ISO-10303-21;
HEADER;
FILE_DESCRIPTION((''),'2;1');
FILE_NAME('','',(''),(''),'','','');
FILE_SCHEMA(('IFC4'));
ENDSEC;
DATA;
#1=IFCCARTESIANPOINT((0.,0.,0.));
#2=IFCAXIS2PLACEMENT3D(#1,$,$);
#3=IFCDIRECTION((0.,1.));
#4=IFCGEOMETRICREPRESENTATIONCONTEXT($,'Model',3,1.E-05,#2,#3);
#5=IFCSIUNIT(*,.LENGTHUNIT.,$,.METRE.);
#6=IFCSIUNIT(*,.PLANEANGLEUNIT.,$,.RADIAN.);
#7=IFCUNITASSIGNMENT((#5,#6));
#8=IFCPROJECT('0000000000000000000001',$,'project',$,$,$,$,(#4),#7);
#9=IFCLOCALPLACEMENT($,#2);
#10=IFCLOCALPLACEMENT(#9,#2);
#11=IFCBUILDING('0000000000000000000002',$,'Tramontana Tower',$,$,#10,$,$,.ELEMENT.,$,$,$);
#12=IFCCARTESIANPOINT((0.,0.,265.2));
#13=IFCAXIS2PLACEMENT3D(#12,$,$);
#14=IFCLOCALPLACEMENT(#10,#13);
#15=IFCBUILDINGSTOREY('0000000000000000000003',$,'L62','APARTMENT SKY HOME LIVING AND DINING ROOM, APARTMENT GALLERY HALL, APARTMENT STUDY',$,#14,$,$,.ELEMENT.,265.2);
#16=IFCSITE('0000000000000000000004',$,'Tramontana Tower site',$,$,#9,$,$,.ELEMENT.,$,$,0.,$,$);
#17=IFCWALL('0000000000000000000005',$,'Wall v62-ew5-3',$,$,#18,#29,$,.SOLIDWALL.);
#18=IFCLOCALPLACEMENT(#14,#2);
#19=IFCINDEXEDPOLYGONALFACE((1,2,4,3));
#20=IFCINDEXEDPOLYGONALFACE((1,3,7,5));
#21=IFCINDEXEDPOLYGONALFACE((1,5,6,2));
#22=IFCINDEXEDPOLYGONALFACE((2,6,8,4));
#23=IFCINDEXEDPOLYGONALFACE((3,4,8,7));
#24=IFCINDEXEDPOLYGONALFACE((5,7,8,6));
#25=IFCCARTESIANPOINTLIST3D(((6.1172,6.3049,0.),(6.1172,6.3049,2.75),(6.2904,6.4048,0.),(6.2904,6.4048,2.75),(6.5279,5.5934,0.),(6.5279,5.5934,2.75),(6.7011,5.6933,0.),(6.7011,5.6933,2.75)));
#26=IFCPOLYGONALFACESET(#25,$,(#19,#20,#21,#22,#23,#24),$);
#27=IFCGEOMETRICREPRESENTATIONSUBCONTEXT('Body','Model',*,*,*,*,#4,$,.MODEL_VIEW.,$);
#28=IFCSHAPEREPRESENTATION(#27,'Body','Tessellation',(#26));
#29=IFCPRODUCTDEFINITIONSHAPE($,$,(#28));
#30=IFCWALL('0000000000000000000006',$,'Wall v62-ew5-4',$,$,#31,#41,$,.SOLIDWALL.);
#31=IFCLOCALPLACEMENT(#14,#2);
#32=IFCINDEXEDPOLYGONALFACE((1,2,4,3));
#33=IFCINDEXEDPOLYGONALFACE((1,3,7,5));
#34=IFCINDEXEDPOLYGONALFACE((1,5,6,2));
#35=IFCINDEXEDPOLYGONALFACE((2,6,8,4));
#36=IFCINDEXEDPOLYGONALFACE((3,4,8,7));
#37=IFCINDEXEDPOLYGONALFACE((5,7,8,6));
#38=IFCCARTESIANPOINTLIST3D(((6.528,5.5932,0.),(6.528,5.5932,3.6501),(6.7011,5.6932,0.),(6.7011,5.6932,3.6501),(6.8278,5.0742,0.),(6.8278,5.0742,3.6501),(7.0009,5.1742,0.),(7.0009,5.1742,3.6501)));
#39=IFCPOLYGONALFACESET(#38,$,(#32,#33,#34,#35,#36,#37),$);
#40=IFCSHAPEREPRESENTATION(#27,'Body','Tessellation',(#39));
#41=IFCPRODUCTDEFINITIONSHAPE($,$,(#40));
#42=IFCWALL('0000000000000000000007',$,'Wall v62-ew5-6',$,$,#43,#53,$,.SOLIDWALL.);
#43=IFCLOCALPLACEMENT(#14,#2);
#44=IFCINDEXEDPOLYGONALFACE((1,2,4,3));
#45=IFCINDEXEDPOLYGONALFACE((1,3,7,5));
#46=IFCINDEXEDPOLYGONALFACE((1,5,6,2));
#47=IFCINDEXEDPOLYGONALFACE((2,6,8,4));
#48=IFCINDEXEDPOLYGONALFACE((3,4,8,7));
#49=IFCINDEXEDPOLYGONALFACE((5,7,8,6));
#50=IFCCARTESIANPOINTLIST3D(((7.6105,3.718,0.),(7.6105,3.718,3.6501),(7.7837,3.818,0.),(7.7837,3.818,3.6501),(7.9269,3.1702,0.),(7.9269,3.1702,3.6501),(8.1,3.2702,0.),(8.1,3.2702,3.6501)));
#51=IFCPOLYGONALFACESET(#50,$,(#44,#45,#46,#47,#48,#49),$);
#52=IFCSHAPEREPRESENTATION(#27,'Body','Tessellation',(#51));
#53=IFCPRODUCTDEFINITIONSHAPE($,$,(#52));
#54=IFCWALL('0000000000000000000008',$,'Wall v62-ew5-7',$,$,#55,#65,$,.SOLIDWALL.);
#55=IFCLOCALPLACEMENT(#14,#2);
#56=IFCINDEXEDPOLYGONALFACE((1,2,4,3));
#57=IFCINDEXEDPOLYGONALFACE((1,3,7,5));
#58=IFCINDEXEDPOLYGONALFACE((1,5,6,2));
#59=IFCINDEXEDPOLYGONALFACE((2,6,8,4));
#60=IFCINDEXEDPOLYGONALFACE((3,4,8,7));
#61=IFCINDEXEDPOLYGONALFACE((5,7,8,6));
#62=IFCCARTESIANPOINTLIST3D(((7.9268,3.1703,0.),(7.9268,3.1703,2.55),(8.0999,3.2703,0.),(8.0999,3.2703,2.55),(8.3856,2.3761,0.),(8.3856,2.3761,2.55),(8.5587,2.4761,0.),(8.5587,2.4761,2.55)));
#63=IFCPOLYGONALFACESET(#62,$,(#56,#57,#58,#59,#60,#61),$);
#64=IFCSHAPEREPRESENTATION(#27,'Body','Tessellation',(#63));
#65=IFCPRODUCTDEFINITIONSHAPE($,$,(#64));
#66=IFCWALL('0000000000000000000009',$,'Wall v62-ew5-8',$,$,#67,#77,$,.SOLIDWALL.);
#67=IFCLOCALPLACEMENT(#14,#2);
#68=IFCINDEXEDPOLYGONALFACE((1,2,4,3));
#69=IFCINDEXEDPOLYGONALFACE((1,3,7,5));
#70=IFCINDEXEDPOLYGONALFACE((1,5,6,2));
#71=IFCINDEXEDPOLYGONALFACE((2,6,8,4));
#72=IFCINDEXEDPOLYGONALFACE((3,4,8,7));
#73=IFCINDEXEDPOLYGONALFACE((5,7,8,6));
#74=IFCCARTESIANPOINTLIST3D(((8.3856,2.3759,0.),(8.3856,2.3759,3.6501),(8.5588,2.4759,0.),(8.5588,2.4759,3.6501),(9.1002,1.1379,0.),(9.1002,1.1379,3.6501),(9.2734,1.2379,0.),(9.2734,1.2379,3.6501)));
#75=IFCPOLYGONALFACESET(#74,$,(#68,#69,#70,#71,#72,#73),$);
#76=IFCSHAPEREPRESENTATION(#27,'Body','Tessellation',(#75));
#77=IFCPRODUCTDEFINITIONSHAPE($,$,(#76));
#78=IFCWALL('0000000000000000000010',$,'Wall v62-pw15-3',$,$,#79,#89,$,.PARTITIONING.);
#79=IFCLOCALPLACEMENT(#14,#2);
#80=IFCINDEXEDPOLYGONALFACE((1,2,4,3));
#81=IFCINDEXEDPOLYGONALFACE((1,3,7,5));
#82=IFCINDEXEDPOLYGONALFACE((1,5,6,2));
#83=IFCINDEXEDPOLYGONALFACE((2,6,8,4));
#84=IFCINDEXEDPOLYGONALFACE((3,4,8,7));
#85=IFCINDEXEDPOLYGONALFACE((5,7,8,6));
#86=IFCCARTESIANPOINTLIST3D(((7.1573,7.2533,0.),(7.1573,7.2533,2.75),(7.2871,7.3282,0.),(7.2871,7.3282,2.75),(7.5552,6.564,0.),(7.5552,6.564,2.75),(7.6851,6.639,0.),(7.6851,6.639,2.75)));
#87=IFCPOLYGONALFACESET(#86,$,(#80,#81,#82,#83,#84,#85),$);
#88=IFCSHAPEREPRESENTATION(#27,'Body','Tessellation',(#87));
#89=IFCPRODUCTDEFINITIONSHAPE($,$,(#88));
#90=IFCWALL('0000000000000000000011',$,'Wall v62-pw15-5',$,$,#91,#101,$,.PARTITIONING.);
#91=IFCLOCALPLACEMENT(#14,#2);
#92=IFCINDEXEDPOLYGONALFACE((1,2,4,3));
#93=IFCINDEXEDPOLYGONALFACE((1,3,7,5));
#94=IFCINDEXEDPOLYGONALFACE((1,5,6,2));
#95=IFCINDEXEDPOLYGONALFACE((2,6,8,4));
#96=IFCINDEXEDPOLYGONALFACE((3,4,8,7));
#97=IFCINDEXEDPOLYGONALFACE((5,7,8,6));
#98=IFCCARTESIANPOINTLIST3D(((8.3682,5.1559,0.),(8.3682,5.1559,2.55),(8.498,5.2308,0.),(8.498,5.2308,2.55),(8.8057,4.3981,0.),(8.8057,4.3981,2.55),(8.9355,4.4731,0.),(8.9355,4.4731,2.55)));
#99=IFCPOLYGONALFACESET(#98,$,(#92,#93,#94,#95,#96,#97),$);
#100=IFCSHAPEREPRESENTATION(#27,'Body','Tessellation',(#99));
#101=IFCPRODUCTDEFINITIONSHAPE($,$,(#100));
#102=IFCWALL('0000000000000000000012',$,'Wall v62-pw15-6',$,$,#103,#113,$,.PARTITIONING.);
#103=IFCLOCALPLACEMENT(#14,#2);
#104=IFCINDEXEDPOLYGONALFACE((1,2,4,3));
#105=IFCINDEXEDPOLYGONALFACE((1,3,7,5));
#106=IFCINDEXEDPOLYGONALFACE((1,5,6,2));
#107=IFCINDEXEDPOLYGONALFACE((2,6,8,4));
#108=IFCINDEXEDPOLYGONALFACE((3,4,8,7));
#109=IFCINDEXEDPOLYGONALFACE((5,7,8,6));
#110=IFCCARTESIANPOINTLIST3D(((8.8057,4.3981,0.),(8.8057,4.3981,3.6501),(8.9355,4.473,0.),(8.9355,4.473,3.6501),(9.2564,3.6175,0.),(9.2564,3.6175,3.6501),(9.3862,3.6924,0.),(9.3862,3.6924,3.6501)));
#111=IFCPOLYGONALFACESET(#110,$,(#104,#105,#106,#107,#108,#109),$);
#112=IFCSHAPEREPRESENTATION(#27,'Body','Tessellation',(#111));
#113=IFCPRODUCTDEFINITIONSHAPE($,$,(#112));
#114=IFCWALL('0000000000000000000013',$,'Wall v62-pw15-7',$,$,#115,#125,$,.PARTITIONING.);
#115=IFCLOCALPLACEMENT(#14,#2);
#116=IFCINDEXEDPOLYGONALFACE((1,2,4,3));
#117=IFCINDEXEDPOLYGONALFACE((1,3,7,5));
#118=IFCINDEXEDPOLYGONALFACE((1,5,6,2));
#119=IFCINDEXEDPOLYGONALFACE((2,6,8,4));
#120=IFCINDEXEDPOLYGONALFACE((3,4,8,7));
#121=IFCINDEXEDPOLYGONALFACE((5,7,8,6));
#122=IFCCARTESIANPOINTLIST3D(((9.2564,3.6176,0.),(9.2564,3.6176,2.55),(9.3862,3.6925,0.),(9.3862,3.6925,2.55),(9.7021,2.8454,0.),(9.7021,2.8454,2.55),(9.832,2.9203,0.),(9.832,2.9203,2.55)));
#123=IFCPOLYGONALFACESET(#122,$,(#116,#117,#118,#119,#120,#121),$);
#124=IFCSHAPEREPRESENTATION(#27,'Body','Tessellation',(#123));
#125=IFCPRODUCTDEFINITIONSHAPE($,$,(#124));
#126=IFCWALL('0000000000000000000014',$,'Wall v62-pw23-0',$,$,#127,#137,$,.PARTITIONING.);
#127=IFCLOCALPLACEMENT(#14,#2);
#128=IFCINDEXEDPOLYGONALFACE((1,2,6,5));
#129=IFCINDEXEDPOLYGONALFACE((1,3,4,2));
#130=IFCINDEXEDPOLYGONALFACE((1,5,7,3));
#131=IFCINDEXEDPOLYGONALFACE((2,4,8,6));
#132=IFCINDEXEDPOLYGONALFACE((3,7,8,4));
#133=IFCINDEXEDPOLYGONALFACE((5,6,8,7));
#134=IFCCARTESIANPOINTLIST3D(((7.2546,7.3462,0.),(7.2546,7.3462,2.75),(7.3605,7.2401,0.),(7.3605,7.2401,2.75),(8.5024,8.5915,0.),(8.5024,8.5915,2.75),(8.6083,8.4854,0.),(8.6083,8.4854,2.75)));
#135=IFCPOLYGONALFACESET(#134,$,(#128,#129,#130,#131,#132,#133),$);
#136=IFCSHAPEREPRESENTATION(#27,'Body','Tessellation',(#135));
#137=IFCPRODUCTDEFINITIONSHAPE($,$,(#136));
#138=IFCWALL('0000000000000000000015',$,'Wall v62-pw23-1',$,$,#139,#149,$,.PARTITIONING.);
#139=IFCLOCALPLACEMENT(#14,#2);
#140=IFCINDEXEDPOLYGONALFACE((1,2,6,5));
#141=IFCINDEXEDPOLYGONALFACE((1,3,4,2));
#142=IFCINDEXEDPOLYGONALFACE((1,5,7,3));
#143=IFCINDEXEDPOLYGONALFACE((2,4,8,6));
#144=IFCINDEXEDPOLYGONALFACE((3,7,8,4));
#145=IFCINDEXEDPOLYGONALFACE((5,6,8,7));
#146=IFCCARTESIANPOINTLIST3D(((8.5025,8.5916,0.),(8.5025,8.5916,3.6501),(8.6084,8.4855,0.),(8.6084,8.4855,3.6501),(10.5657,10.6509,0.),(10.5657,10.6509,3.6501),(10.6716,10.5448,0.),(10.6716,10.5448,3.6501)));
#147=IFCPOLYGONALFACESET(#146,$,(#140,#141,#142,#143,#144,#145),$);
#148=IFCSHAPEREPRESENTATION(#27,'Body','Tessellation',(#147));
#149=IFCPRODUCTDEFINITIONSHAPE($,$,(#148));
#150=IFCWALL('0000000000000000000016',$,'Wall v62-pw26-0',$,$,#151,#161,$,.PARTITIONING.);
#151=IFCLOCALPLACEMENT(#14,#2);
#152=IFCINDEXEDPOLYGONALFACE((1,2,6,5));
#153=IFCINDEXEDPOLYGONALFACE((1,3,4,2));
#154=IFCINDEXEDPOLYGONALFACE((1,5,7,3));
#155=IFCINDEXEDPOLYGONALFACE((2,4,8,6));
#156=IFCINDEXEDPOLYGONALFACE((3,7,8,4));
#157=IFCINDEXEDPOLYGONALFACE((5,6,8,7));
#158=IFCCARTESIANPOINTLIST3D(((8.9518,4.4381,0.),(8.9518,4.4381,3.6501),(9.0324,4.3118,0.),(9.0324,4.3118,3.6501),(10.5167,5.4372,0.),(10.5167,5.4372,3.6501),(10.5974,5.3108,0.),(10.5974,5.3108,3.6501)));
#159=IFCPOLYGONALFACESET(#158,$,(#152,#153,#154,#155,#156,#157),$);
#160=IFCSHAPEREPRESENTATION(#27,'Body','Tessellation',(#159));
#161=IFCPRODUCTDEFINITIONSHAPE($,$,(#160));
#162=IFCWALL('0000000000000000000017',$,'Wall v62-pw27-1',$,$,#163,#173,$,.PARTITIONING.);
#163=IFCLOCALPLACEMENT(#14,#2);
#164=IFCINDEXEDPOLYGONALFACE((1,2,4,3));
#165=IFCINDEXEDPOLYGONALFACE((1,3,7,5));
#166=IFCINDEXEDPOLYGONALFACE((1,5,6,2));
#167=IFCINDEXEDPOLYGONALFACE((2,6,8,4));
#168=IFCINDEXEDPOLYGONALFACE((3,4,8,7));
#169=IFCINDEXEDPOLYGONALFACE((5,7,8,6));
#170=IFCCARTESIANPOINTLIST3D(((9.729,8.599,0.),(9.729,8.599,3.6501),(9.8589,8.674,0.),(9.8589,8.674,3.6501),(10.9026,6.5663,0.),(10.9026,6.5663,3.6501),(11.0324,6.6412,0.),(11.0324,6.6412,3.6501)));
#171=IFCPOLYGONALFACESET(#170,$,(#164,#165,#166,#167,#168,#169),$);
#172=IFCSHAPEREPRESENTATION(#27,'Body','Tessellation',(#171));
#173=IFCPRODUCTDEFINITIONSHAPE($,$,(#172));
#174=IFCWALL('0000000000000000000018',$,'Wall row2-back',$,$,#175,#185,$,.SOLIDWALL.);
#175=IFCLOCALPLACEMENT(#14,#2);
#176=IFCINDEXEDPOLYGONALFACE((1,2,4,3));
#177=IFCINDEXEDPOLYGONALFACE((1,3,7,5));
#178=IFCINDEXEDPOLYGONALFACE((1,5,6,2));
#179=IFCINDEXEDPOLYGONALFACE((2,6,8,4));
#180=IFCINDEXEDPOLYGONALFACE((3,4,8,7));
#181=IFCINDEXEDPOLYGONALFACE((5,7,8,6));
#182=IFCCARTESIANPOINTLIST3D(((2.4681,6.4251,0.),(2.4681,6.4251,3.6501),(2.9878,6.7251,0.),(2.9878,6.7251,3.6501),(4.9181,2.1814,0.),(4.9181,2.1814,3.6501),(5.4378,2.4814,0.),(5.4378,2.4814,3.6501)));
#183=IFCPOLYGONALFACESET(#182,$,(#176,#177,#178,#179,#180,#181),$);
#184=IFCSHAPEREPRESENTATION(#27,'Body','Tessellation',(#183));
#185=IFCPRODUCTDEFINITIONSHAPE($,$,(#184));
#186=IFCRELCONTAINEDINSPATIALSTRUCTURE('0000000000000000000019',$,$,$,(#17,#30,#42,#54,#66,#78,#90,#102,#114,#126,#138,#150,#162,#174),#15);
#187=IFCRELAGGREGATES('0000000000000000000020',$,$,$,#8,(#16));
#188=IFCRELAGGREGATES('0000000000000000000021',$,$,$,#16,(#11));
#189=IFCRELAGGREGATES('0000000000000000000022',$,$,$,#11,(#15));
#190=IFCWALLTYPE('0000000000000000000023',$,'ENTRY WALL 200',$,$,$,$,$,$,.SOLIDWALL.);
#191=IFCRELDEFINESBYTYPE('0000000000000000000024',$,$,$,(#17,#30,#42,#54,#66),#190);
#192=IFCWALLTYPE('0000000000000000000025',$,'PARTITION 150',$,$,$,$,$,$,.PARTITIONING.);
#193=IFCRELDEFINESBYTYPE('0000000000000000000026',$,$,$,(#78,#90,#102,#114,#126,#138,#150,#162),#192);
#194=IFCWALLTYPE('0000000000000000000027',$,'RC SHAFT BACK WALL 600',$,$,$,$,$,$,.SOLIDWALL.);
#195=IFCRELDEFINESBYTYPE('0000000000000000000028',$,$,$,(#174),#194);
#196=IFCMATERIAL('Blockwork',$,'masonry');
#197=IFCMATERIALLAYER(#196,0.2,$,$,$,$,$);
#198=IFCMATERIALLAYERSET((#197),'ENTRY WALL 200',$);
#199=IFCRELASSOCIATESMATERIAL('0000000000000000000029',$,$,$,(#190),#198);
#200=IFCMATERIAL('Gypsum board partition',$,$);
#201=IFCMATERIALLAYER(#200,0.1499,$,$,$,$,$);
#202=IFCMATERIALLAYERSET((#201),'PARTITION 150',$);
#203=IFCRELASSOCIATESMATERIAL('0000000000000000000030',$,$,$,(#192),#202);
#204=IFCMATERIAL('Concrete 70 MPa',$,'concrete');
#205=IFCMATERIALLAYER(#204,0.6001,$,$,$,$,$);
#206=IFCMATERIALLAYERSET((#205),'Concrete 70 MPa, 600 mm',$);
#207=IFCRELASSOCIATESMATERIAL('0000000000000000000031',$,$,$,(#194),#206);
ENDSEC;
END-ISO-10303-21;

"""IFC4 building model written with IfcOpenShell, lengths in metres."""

from ifc_helpers import new_model, si_unit, direction, frame, frame_2d, origin, place, context, subcontext, project, spatial, rectangle, extrude, material, layer, layer_set, type_object, element, save


model = new_model("IFC4")

# Units and contexts
model_context = context("Model", 3, precision=1e-05, world=origin(), true_north=direction((0.0, 1.0)))
body_context = subcontext(model_context, "Body", "Model", "MODEL_VIEW")
ifc_project = project(units=[si_unit("LENGTHUNIT", "METRE"), si_unit("PLANEANGLEUNIT", "RADIAN")], contexts=[model_context])

# Site, building, storey
site_placement = place(None, origin())
site = spatial("IfcSite", under=ifc_project, at=site_placement, Name="Tramontana Tower site", CompositionType="ELEMENT", RefElevation=0.0)
building_placement = place(site_placement, origin())
building = spatial("IfcBuilding", under=site, at=building_placement, Name="Tramontana Tower", CompositionType="ELEMENT")
storey_placement = place(building_placement, frame((0.0, 0.0, 265.2)))
storey = spatial("IfcBuildingStorey", under=building, at=storey_placement, Name="L62", Description="APARTMENT SKY HOME LIVING AND DINING ROOM, APARTMENT GALLERY HALL, APARTMENT STUDY", CompositionType="ELEMENT", Elevation=265.2)

# Walls
ifc_material_1 = material(Name="Blockwork", Category="masonry")
ifc_layer_1 = layer(ifc_material_1, 0.2)
ifc_layer_set_1 = layer_set([ifc_layer_1], Name="ENTRY WALL 200")
wall_type_1 = type_object("IfcWallType", Name="ENTRY WALL 200", PredefinedType="SOLIDWALL", material=ifc_layer_set_1)
wall_1_placement = place(storey_placement, frame((6.2039, 6.3547, 0.0), z_axis=(0.0, 0.0, 1.0), x_axis=(0.499911, -0.866077, 0.0)))
element("IfcWall", 1, at=wall_1_placement, inside=storey, type_object=wall_type_1, Name="Wall v62-ew5-3", PredefinedType="SOLIDWALL", context=body_context, shape_type="SweptSolid", body=[
    extrude(rectangle(XDim=0.8215, YDim=0.2, at=frame_2d((0.4106, 0.0))), origin(), (0.0, 0.0, 1.0), 2.75),
])
wall_2_placement = place(storey_placement, frame((6.6145, 5.6433, 0.0), z_axis=(0.0, 0.0, 1.0), x_axis=(0.500169, -0.865928, 0.0)))
element("IfcWall", 2, at=wall_2_placement, inside=storey, type_object=wall_type_1, Name="Wall v62-ew5-4", PredefinedType="SOLIDWALL", context=body_context, shape_type="SweptSolid", body=[
    extrude(rectangle(XDim=0.5994, YDim=0.2, at=frame_2d((0.2998, 0.0))), origin(), (0.0, 0.0, 1.0), 3.6501),
])

# Walls
wall_3_placement = place(storey_placement, frame((7.697, 3.7681, 0.0), z_axis=(0.0, 0.0, 1.0), x_axis=(0.500123, -0.865954, 0.0)))
element("IfcWall", 3, at=wall_3_placement, inside=storey, type_object=wall_type_1, Name="Wall v62-ew5-6", PredefinedType="SOLIDWALL", context=body_context, shape_type="SweptSolid", body=[
    extrude(rectangle(XDim=0.6326, YDim=0.2, at=frame_2d((0.3164, 0.0))), origin(), (0.0, 0.0, 1.0), 3.6501),
])
wall_4_placement = place(storey_placement, frame((8.0134, 3.2202, 0.0), z_axis=(0.0, 0.0, 1.0), x_axis=(0.500176, -0.865924, 0.0)))
element("IfcWall", 4, at=wall_4_placement, inside=storey, type_object=wall_type_1, Name="Wall v62-ew5-7", PredefinedType="SOLIDWALL", context=body_context, shape_type="SweptSolid", body=[
    extrude(rectangle(XDim=0.9172, YDim=0.2, at=frame_2d((0.4585, 0.0))), origin(), (0.0, 0.0, 1.0), 2.55),
])
wall_5_placement = place(storey_placement, frame((8.4722, 2.426, 0.0), z_axis=(0.0, 0.0, 1.0), x_axis=(0.499905, -0.86608, 0.0)))
element("IfcWall", 5, at=wall_5_placement, inside=storey, type_object=wall_type_1, Name="Wall v62-ew5-8", PredefinedType="SOLIDWALL", context=body_context, shape_type="SweptSolid", body=[
    extrude(rectangle(XDim=1.4294, YDim=0.2, at=frame_2d((0.7148, 0.0))), origin(), (0.0, 0.0, 1.0), 3.6501),
])
ifc_material_2 = material(Name="Gypsum board partition")
ifc_layer_2 = layer(ifc_material_2, 0.1499)
ifc_layer_set_2 = layer_set([ifc_layer_2], Name="PARTITION 150")
wall_type_2 = type_object("IfcWallType", Name="PARTITION 150", PredefinedType="PARTITIONING", material=ifc_layer_set_2)
wall_6_placement = place(storey_placement, frame((7.2222, 7.2908, 0.0), z_axis=(0.0, 0.0, 1.0), x_axis=(0.500032, -0.866007, 0.0)))
element("IfcWall", 6, at=wall_6_placement, inside=storey, type_object=wall_type_2, Name="Wall v62-pw15-3", PredefinedType="PARTITIONING", context=body_context, shape_type="SweptSolid", body=[
    extrude(rectangle(XDim=0.7959, YDim=0.1499, at=frame_2d((0.3979, 0.0))), origin(), (0.0, 0.0, 1.0), 2.75),
])

# Walls
wall_7_placement = place(storey_placement, frame((8.4331, 5.1934, 0.0), z_axis=(0.0, 0.0, 1.0), x_axis=(0.49998, -0.866037, 0.0)))
element("IfcWall", 7, at=wall_7_placement, inside=storey, type_object=wall_type_2, Name="Wall v62-pw15-5", PredefinedType="PARTITIONING", context=body_context, shape_type="SweptSolid", body=[
    extrude(rectangle(XDim=0.875, YDim=0.1499, at=frame_2d((0.4375, 0.0))), origin(), (0.0, 0.0, 1.0), 2.55),
])
wall_8_placement = place(storey_placement, frame((8.8706, 4.4355, 0.0), z_axis=(0.0, 0.0, 1.0), x_axis=(0.500043, -0.866001, 0.0)))
element("IfcWall", 8, at=wall_8_placement, inside=storey, type_object=wall_type_2, Name="Wall v62-pw15-6", PredefinedType="PARTITIONING", context=body_context, shape_type="SweptSolid", body=[
    extrude(rectangle(XDim=0.9014, YDim=0.1499, at=frame_2d((0.4507, 0.0))), origin(), (0.0, 0.0, 1.0), 3.6501),
])
wall_9_placement = place(storey_placement, frame((9.3213, 3.655, 0.0), z_axis=(0.0, 0.0, 1.0), x_axis=(0.499967, -0.866044, 0.0)))
element("IfcWall", 9, at=wall_9_placement, inside=storey, type_object=wall_type_2, Name="Wall v62-pw15-7", PredefinedType="PARTITIONING", context=body_context, shape_type="SweptSolid", body=[
    extrude(rectangle(XDim=0.8916, YDim=0.1499, at=frame_2d((0.4458, 0.0))), origin(), (0.0, 0.0, 1.0), 2.55),
])

# Walls
wall_10_placement = place(storey_placement, frame((7.3076, 7.2932, 0.0), z_axis=(0.0, 0.0, 1.0), x_axis=(0.707799, 0.706414, 0.0)))
element("IfcWall", 10, at=wall_10_placement, inside=storey, type_object=wall_type_2, Name="Wall v62-pw23-0", PredefinedType="PARTITIONING", context=body_context, shape_type="SweptSolid", body=[
    extrude(rectangle(XDim=1.7629, YDim=0.1499, at=frame_2d((0.8813, 0.0))), origin(), (0.0, 0.0, 1.0), 2.75),
])
wall_11_placement = place(storey_placement, frame((8.5554, 8.5386, 0.0), z_axis=(0.0, 0.0, 1.0), x_axis=(0.707776, 0.706436, 0.0)))
element("IfcWall", 11, at=wall_11_placement, inside=storey, type_object=wall_type_2, Name="Wall v62-pw23-1", PredefinedType="PARTITIONING", context=body_context, shape_type="SweptSolid", body=[
    extrude(rectangle(XDim=2.915, YDim=0.1499, at=frame_2d((1.4575, 0.0))), origin(), (0.0, 0.0, 1.0), 3.6501),
])
wall_12_placement = place(storey_placement, frame((8.9922, 4.375, 0.0), z_axis=(0.0, 0.0, 1.0), x_axis=(0.842892, 0.538083, 0.0)))
element("IfcWall", 12, at=wall_12_placement, inside=storey, type_object=wall_type_2, Name="Wall v62-pw26-0", PredefinedType="PARTITIONING", context=body_context, shape_type="SweptSolid", body=[
    extrude(rectangle(XDim=1.8567, YDim=0.1499, at=frame_2d((0.9282, 0.0))), origin(), (0.0, 0.0, 1.0), 3.6501),
])
wall_13_placement = place(storey_placement, frame((9.7939, 8.6365, 0.0), z_axis=(0.0, 0.0, 1.0), x_axis=(0.499999, -0.866026, 0.0)))
element("IfcWall", 13, at=wall_13_placement, inside=storey, type_object=wall_type_2, Name="Wall v62-pw27-1", PredefinedType="PARTITIONING", context=body_context, shape_type="SweptSolid", body=[
    extrude(rectangle(XDim=2.3472, YDim=0.1499, at=frame_2d((1.1736, 0.0))), origin(), (0.0, 0.0, 1.0), 3.6501),
])
ifc_material_3 = material(Name="Concrete 70 MPa", Category="concrete")
ifc_layer_3 = layer(ifc_material_3, 0.6001)
ifc_layer_set_3 = layer_set([ifc_layer_3], Name="Concrete 70 MPa, 600 mm")
wall_type_3 = type_object("IfcWallType", Name="RC SHAFT BACK WALL 600", PredefinedType="SOLIDWALL", material=ifc_layer_set_3)
wall_14_placement = place(storey_placement, frame((5.178, 2.3313, 0.0), z_axis=(0.0, 0.0, 1.0), x_axis=(-0.499981, 0.866036, 0.0)))
element("IfcWall", 14, at=wall_14_placement, inside=storey, type_object=wall_type_3, Name="Wall row2-back", PredefinedType="SOLIDWALL", context=body_context, shape_type="SweptSolid", body=[
    extrude(rectangle(XDim=4.9001, YDim=0.6001, at=frame_2d((2.4502, 0.0))), origin(), (0.0, 0.0, 1.0), 3.6501),
])

save(model, "model.ifc")
